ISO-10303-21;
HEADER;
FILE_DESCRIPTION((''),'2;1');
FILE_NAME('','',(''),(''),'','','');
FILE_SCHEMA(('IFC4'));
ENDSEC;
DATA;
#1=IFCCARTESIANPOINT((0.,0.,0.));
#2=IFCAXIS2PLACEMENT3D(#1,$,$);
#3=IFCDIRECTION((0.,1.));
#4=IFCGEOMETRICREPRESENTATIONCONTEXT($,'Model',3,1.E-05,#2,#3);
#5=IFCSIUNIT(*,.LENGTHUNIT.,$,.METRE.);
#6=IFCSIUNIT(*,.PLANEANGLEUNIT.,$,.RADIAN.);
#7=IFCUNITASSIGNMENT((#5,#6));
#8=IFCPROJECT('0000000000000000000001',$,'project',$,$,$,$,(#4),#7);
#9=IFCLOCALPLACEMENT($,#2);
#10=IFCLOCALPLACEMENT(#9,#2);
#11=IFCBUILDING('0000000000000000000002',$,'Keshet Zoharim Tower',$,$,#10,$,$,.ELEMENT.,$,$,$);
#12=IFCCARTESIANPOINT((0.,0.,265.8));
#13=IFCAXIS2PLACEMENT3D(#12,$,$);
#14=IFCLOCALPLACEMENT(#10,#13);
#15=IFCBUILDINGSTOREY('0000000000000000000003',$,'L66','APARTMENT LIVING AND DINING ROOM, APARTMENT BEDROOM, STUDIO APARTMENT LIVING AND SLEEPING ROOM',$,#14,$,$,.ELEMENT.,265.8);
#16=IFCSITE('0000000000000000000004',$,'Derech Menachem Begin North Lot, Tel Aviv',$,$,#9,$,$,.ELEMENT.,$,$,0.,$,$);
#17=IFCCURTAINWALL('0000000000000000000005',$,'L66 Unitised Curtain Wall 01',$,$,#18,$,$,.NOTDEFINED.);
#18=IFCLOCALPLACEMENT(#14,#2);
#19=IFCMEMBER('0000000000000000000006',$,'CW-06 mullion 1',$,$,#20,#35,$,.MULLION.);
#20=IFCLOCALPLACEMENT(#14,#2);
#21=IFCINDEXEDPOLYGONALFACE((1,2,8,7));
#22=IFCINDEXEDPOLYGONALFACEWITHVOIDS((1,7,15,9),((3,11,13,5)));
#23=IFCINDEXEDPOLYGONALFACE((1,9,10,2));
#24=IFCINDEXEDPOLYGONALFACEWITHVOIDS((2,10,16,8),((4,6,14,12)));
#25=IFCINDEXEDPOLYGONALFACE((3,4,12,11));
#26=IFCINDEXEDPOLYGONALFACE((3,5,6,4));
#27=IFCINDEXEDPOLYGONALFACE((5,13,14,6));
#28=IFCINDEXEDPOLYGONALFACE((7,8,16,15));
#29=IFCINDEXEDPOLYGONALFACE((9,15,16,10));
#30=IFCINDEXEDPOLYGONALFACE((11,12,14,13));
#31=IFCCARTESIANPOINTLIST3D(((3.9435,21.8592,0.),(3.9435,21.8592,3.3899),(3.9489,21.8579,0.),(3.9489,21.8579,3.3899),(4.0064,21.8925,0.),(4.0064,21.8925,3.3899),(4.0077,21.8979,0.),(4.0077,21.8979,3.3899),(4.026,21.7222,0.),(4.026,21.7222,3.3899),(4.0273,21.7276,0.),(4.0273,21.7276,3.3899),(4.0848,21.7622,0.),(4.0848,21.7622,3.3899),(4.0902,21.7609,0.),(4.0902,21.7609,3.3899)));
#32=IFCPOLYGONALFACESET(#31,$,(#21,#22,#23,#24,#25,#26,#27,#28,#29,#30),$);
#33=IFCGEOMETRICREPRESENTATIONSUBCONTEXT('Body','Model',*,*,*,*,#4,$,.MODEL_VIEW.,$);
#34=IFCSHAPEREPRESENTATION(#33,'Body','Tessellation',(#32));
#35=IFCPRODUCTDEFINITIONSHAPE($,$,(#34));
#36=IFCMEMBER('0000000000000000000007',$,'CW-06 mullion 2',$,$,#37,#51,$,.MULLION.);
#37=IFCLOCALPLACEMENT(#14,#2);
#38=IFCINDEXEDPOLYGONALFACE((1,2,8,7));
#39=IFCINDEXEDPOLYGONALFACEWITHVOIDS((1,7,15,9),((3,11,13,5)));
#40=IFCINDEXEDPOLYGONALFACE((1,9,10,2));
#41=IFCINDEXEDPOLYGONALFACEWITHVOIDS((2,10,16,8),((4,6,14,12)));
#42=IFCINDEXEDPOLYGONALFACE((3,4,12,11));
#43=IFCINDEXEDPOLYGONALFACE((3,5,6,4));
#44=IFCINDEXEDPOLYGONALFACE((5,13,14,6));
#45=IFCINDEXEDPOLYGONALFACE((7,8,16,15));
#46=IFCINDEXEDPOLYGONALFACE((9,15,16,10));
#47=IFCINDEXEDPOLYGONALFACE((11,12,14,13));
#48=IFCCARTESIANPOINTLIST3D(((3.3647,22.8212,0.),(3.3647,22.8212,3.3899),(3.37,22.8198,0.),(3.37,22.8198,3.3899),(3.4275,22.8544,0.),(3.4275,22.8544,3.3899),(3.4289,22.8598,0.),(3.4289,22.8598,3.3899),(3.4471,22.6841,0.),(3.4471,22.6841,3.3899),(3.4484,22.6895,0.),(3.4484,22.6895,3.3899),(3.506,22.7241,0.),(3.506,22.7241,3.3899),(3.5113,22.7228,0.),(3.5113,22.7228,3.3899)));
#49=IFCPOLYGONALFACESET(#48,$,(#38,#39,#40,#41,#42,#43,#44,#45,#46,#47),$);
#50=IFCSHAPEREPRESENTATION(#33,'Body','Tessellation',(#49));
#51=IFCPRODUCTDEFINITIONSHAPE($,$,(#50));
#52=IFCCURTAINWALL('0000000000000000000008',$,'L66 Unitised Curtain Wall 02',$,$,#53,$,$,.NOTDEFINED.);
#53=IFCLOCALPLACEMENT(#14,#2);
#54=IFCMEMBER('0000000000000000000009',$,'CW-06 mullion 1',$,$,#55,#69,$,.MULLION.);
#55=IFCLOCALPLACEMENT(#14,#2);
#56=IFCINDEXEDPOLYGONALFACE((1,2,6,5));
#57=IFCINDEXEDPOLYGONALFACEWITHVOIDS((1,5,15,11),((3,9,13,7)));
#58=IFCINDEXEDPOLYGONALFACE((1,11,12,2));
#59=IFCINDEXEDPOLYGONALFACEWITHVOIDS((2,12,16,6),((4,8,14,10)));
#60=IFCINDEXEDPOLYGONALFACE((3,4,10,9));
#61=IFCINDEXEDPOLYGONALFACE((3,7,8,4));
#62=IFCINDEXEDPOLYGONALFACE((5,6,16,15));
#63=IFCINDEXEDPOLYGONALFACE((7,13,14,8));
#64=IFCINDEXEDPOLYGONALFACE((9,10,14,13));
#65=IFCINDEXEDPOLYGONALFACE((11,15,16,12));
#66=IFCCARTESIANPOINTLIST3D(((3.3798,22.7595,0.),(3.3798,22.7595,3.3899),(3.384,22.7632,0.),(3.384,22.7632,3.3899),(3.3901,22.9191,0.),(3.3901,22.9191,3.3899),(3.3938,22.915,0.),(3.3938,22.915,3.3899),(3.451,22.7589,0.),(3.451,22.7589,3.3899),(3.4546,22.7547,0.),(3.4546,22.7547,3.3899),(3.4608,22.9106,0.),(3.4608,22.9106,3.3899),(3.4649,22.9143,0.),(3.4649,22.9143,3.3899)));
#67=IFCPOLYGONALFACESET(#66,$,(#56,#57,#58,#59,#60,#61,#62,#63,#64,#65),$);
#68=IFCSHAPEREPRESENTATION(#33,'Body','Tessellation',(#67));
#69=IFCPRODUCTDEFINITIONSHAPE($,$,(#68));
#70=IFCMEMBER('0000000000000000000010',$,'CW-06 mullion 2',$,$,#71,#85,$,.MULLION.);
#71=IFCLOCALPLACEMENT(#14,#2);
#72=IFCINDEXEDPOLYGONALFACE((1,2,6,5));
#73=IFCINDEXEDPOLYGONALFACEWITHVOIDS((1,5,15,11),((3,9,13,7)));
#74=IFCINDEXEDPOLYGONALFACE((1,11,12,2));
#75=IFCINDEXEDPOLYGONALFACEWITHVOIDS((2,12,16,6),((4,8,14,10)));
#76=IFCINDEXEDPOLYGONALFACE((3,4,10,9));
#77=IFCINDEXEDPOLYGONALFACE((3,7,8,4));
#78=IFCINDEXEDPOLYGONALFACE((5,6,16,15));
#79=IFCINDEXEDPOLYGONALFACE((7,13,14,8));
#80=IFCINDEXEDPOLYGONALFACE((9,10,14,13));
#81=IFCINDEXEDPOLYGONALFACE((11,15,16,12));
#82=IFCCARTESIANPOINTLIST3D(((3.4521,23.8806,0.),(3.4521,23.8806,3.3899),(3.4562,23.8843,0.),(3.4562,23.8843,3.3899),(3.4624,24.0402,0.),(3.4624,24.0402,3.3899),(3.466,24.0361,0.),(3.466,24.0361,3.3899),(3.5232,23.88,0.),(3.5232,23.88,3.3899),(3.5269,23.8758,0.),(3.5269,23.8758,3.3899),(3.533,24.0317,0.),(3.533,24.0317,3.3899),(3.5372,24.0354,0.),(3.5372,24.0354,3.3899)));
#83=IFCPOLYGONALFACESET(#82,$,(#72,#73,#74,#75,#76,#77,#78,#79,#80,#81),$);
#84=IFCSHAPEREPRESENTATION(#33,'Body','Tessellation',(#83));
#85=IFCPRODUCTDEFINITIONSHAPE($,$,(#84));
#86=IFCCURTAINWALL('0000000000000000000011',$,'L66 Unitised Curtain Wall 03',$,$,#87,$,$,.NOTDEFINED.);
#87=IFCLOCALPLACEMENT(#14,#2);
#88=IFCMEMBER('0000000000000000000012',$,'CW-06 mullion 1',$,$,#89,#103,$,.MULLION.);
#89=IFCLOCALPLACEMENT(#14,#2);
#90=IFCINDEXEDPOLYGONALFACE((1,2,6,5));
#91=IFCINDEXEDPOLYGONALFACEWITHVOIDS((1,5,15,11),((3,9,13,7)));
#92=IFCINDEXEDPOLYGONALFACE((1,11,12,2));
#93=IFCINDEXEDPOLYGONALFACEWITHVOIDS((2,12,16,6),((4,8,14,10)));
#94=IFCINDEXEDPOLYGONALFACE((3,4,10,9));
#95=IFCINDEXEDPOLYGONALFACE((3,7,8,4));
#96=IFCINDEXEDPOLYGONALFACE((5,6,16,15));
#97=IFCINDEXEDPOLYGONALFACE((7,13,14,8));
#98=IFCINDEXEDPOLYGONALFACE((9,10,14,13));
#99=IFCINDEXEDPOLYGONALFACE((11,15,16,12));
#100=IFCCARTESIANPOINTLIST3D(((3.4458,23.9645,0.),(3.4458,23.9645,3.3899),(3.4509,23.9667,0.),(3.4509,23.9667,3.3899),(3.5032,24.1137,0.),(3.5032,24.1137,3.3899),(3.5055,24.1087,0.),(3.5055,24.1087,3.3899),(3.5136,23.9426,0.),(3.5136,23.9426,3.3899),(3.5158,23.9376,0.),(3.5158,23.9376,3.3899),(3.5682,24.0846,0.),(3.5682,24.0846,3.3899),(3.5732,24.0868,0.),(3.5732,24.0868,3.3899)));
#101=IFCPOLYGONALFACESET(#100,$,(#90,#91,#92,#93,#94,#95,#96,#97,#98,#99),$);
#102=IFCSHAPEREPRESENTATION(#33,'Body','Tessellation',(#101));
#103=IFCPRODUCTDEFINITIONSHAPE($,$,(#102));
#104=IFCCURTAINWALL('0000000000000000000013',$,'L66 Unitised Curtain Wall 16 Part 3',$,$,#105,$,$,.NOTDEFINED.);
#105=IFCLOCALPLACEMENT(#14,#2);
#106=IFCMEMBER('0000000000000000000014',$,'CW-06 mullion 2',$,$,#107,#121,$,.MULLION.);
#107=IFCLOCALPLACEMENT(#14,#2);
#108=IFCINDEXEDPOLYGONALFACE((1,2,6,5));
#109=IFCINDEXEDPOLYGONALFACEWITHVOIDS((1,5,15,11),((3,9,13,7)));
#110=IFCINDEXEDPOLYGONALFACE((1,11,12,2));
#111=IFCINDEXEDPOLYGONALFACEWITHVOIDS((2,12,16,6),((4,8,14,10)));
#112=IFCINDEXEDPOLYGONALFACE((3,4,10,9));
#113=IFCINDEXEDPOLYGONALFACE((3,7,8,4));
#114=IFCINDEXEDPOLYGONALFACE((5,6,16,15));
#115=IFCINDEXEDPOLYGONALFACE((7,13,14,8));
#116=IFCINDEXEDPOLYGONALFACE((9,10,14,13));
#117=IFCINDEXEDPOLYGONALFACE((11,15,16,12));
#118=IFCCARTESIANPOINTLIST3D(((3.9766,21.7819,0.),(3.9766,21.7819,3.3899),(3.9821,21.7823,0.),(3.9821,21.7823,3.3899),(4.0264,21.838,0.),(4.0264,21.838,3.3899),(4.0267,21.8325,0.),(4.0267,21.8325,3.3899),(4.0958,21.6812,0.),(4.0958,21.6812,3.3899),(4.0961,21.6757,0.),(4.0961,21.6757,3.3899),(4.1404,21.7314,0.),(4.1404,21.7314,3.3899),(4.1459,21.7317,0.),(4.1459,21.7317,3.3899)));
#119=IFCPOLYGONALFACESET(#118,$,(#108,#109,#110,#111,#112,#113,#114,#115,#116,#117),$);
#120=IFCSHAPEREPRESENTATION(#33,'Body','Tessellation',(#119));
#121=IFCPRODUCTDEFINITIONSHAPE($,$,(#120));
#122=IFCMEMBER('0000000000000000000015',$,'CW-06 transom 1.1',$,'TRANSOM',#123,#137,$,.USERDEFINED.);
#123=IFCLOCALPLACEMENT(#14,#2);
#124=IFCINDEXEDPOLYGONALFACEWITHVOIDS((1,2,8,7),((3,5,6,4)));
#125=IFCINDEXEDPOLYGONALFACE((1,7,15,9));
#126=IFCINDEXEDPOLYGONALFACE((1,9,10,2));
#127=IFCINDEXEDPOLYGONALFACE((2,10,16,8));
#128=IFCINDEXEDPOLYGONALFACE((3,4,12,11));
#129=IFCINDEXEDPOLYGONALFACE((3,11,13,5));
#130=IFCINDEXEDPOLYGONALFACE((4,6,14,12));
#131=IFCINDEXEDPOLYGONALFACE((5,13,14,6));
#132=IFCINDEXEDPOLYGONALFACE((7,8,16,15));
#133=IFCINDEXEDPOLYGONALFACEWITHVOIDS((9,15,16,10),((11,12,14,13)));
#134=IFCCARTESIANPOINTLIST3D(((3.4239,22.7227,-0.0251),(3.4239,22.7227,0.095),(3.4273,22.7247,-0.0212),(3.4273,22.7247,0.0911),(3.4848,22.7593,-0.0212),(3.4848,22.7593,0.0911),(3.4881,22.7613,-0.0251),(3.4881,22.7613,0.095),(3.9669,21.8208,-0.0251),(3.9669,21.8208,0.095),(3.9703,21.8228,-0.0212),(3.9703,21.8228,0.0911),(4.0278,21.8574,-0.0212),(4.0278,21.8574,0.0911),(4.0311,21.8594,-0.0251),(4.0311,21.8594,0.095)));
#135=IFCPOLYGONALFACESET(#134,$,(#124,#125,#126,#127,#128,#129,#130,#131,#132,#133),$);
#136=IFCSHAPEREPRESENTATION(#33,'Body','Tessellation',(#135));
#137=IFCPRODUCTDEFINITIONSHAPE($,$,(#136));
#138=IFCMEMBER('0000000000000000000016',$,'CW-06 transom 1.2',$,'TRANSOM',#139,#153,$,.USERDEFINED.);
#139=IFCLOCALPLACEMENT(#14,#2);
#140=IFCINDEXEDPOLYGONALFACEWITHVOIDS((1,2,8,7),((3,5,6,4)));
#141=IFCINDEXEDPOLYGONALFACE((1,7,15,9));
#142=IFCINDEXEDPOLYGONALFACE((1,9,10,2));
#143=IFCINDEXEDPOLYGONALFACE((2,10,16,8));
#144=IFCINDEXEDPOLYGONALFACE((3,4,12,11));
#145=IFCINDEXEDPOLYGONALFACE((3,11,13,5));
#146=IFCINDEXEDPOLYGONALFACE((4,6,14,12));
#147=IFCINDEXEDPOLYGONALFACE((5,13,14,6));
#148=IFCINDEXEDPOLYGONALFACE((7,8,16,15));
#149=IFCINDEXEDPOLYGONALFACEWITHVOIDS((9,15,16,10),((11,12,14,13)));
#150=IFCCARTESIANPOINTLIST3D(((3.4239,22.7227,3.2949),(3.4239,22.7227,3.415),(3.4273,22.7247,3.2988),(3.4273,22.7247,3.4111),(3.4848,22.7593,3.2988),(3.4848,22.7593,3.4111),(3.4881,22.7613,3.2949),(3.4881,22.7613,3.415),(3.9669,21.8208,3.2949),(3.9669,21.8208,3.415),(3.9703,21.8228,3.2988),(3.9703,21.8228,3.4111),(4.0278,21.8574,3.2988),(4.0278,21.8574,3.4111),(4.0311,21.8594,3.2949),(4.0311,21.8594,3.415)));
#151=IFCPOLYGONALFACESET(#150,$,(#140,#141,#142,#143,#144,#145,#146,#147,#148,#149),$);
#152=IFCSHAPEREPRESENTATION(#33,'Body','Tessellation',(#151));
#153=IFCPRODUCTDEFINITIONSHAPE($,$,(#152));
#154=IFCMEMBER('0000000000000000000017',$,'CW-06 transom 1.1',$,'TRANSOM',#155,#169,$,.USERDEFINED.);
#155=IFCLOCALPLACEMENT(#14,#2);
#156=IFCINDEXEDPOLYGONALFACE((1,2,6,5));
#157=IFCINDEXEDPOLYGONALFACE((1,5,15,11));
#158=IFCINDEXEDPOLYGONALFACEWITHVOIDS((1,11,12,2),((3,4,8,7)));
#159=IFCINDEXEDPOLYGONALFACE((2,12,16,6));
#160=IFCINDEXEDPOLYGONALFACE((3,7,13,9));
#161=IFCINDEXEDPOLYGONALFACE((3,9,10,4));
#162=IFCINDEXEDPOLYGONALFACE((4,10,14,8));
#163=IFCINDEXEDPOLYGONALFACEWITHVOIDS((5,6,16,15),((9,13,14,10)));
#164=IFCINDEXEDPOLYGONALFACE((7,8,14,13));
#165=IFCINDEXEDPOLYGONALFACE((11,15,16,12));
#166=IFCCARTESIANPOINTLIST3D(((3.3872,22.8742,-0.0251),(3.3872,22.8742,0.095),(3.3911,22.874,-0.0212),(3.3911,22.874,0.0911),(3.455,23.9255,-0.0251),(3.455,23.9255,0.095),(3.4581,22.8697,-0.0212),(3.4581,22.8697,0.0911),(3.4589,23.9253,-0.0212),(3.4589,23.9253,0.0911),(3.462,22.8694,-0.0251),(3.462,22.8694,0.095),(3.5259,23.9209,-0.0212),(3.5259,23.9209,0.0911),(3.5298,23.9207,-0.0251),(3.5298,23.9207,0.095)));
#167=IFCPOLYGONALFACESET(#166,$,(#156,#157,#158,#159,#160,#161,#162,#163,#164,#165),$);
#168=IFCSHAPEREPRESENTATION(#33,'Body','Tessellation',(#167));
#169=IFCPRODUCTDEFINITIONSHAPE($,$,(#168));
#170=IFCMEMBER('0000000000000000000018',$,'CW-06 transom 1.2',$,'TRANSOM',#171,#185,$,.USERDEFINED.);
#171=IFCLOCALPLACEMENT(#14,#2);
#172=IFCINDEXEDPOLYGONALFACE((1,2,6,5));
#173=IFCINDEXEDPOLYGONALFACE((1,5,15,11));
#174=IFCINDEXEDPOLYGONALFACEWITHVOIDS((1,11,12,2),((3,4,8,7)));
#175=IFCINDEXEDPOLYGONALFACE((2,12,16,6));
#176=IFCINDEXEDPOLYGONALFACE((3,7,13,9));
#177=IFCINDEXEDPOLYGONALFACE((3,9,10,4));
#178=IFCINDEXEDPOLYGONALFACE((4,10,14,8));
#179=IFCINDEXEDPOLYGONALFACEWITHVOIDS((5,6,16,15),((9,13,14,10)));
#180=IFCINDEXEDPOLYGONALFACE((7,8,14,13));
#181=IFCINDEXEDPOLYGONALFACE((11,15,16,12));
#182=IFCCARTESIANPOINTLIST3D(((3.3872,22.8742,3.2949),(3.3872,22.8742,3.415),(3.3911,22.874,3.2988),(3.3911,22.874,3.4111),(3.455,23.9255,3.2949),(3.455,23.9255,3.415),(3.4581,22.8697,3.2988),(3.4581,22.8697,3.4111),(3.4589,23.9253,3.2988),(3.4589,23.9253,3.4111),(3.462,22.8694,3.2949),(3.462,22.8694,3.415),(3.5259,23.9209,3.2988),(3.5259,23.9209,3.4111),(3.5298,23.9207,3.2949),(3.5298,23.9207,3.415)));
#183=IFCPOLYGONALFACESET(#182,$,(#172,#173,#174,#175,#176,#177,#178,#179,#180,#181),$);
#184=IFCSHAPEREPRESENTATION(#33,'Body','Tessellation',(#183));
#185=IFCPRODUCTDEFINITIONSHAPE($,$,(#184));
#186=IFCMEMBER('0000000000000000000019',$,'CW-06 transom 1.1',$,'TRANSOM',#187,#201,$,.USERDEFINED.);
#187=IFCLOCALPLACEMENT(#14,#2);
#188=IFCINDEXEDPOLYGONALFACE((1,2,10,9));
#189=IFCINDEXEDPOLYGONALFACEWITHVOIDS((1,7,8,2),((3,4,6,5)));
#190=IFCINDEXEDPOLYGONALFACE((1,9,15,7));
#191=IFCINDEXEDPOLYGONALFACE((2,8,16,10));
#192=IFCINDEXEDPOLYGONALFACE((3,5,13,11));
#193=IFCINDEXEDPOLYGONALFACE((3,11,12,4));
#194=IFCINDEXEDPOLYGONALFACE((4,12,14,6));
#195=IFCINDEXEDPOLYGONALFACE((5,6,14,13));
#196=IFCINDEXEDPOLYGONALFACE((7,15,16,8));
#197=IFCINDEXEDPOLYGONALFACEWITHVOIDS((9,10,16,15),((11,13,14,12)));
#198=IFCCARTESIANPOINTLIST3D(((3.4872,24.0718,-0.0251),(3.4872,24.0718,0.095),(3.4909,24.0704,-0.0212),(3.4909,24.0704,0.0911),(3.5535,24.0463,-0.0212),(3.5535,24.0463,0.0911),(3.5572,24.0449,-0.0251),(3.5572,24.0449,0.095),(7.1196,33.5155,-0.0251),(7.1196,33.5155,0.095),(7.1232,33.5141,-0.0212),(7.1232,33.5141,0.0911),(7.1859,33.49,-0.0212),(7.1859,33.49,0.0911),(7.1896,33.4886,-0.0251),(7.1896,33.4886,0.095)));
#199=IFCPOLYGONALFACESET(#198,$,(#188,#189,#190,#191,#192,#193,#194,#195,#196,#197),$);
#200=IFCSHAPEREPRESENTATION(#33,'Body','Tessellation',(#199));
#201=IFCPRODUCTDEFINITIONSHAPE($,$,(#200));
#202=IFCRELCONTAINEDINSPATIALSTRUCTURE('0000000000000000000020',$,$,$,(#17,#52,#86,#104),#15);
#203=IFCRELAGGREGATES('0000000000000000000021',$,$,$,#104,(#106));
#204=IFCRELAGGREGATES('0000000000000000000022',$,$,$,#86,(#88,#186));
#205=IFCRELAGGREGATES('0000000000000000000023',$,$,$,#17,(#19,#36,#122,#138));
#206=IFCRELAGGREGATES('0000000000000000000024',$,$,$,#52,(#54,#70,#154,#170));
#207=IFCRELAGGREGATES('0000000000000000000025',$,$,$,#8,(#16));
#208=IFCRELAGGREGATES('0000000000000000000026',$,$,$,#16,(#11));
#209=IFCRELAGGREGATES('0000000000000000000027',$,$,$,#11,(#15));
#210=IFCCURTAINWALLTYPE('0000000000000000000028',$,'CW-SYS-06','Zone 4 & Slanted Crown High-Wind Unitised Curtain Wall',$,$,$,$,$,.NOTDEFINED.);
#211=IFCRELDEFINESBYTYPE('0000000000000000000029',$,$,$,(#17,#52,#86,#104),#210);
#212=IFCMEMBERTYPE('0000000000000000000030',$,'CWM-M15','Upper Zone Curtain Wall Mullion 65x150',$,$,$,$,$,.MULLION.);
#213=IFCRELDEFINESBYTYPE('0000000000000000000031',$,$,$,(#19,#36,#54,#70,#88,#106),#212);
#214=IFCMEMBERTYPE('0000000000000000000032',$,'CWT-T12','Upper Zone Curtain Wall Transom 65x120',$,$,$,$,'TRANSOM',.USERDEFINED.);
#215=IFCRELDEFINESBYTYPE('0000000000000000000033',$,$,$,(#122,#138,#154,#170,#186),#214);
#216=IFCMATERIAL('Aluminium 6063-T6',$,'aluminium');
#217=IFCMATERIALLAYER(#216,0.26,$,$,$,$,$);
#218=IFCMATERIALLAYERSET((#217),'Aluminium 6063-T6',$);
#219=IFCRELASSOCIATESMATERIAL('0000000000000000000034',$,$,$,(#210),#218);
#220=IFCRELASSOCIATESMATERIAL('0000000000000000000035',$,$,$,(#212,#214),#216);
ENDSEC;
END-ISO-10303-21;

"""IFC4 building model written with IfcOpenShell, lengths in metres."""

from ifc_helpers import new_model, si_unit, direction, frame, origin, origin_2d, place, context, subcontext, project, spatial, hollow_rectangle, extrude, material, layer, layer_set, material_profile, profile_set, type_object, element, aggregate, save


model = new_model("IFC4")

# Units and contexts
model_context = context("Model", 3, precision=1e-05, world=origin(), true_north=direction((0.0, 1.0)))
body_context = subcontext(model_context, "Body", "Model", "MODEL_VIEW")
ifc_project = project(units=[si_unit("LENGTHUNIT", "METRE"), si_unit("PLANEANGLEUNIT", "RADIAN")], contexts=[model_context])

# Site, building, storey
site_placement = place(None, origin())
site = spatial("IfcSite", under=ifc_project, at=site_placement, Name="Derech Menachem Begin North Lot, Tel Aviv", CompositionType="ELEMENT", RefElevation=0.0)
building_placement = place(site_placement, origin())
building = spatial("IfcBuilding", under=site, at=building_placement, Name="Keshet Zoharim Tower", CompositionType="ELEMENT")
storey_placement = place(building_placement, frame((0.0, 0.0, 265.8)))
storey = spatial("IfcBuildingStorey", under=building, at=storey_placement, Name="L66", Description="APARTMENT LIVING AND DINING ROOM, APARTMENT BEDROOM, STUDIO APARTMENT LIVING AND SLEEPING ROOM", CompositionType="ELEMENT", Elevation=265.8)

# Curtain walls, members
ifc_material_1 = material(Name="Aluminium 6063-T6", Category="aluminium")
ifc_layer_1 = layer(ifc_material_1, 0.26)
ifc_layer_set_1 = layer_set([ifc_layer_1], Name="Aluminium 6063-T6")
curtain_wall_type = type_object("IfcCurtainWallType", Name="CW-SYS-06", Description="Zone 4 & Slanted Crown High-Wind Unitised Curtain Wall", PredefinedType="NOTDEFINED", material=ifc_layer_set_1)
curtain_wall_1_placement = place(storey_placement, origin())
curtain_wall_1 = element("IfcCurtainWall", 1, at=curtain_wall_1_placement, inside=storey, type_object=curtain_wall_type, Name="L66 Unitised Curtain Wall 01", PredefinedType="NOTDEFINED")
ifc_material_profile_1 = material_profile(ifc_material_1, hollow_rectangle(XDim=0.075, YDim=0.1599, WallThickness=0.0039, at=origin_2d()), Name="MUL-75x160")
ifc_profile_set_1 = profile_set([ifc_material_profile_1], Name="Aluminium 6063-T6")
member_type_1 = type_object("IfcMemberType", Name="CWM-M15", Description="Upper Zone Curtain Wall Mullion 65x150", PredefinedType="MULLION", material=ifc_profile_set_1)
member_1_placement = place(storey_placement, frame((4.0168, 21.8101, 0.0), z_axis=(0.0, 0.0, 1.0), x_axis=(-0.856826, -0.515605, 0.0)))
member_1 = element("IfcMember", 2, at=member_1_placement, type_object=member_type_1, Name="CW-06 mullion 1", PredefinedType="MULLION", context=body_context, shape_type="SweptSolid", body=[
    extrude(hollow_rectangle(XDim=0.075, YDim=0.1599, WallThickness=0.0039, at=origin_2d()), origin(), (0.0, 0.0, 1.0), 3.3899),
])
member_2_placement = place(storey_placement, frame((3.438, 22.772, 0.0), z_axis=(0.0, 0.0, 1.0), x_axis=(-0.856826, -0.515605, 0.0)))
member_2 = element("IfcMember", 3, at=member_2_placement, type_object=member_type_1, Name="CW-06 mullion 2", PredefinedType="MULLION", context=body_context, shape_type="SweptSolid", body=[
    extrude(hollow_rectangle(XDim=0.075, YDim=0.1599, WallThickness=0.0039, at=origin_2d()), origin(), (0.0, 0.0, 1.0), 3.3899),
])
curtain_wall_2_placement = place(storey_placement, origin())
curtain_wall_2 = element("IfcCurtainWall", 4, at=curtain_wall_2_placement, inside=storey, type_object=curtain_wall_type, Name="L66 Unitised Curtain Wall 02", PredefinedType="NOTDEFINED")
member_3_placement = place(storey_placement, frame((3.4224, 22.8369, 0.0), z_axis=(0.0, 0.0, 1.0), x_axis=(-0.997917, 0.064517, 0.0)))
member_3 = element("IfcMember", 5, at=member_3_placement, type_object=member_type_1, Name="CW-06 mullion 1", PredefinedType="MULLION", context=body_context, shape_type="SweptSolid", body=[
    extrude(hollow_rectangle(XDim=0.075, YDim=0.1599, WallThickness=0.0039, at=origin_2d()), origin(), (0.0, 0.0, 1.0), 3.3899),
])
member_4_placement = place(storey_placement, frame((3.4946, 23.958, 0.0), z_axis=(0.0, 0.0, 1.0), x_axis=(-0.997917, 0.064517, 0.0)))
member_4 = element("IfcMember", 6, at=member_4_placement, type_object=member_type_1, Name="CW-06 mullion 2", PredefinedType="MULLION", context=body_context, shape_type="SweptSolid", body=[
    extrude(hollow_rectangle(XDim=0.075, YDim=0.1599, WallThickness=0.0039, at=origin_2d()), origin(), (0.0, 0.0, 1.0), 3.3899),
])

# Curtain walls, members
curtain_wall_3_placement = place(storey_placement, origin())
curtain_wall_3 = element("IfcCurtainWall", 7, at=curtain_wall_3_placement, inside=storey, type_object=curtain_wall_type, Name="L66 Unitised Curtain Wall 03", PredefinedType="NOTDEFINED")
member_5_placement = place(storey_placement, frame((3.5095, 24.0256, 0.0), z_axis=(0.0, 0.0, 1.0), x_axis=(-0.933341, 0.35899, 0.0)))
member_5 = element("IfcMember", 8, at=member_5_placement, type_object=member_type_1, Name="CW-06 mullion 1", PredefinedType="MULLION", context=body_context, shape_type="SweptSolid", body=[
    extrude(hollow_rectangle(XDim=0.075, YDim=0.1599, WallThickness=0.0039, at=origin_2d()), origin(), (0.0, 0.0, 1.0), 3.3899),
])
curtain_wall_4_placement = place(storey_placement, origin())
curtain_wall_4 = element("IfcCurtainWall", 9, at=curtain_wall_4_placement, inside=storey, type_object=curtain_wall_type, Name="L66 Unitised Curtain Wall 16 Part 3", PredefinedType="NOTDEFINED")
member_6_placement = place(storey_placement, frame((4.0613, 21.7568, 0.0), z_axis=(0.0, 0.0, 1.0), x_axis=(-0.664364, -0.747409, 0.0)))
member_6 = element("IfcMember", 10, at=member_6_placement, type_object=member_type_1, Name="CW-06 mullion 2", PredefinedType="MULLION", context=body_context, shape_type="SweptSolid", body=[
    extrude(hollow_rectangle(XDim=0.075, YDim=0.1599, WallThickness=0.0039, at=origin_2d()), origin(), (0.0, 0.0, 1.0), 3.3899),
])
aggregate(curtain_wall_4, [member_6])

# Members
ifc_material_profile_2 = material_profile(ifc_material_1, hollow_rectangle(XDim=0.075, YDim=0.1201, WallThickness=0.0039, at=origin_2d()), Name="TRN-75x120")
ifc_profile_set_2 = profile_set([ifc_material_profile_2], Name="Aluminium 6063-T6")
member_type_2 = type_object("IfcMemberType", Name="CWT-T12", Description="Upper Zone Curtain Wall Transom 65x120", ElementType="TRANSOM", PredefinedType="USERDEFINED", material=ifc_profile_set_2)
member_7_placement = place(storey_placement, frame((3.999, 21.8401, 0.0349), z_axis=(-0.515791, 0.856714, 0.0), x_axis=(-0.856714, -0.515791, 0.0)))
member_7 = element("IfcMember", 11, at=member_7_placement, type_object=member_type_2, Name="CW-06 transom 1.1", ObjectType="TRANSOM", PredefinedType="USERDEFINED", context=body_context, shape_type="SweptSolid", body=[
    extrude(hollow_rectangle(XDim=0.075, YDim=0.1201, WallThickness=0.0039, at=origin_2d()), origin(), (0.0, 0.0, 1.0), 1.0527),
])
member_8_placement = place(storey_placement, frame((3.999, 21.8401, 3.355), z_axis=(-0.515791, 0.856714, 0.0), x_axis=(-0.856714, -0.515791, 0.0)))
member_8 = element("IfcMember", 12, at=member_8_placement, type_object=member_type_2, Name="CW-06 transom 1.2", ObjectType="TRANSOM", PredefinedType="USERDEFINED", context=body_context, shape_type="SweptSolid", body=[
    extrude(hollow_rectangle(XDim=0.075, YDim=0.1201, WallThickness=0.0039, at=origin_2d()), origin(), (0.0, 0.0, 1.0), 1.0527),
])
member_9_placement = place(storey_placement, frame((3.4246, 22.8718, 0.0349), z_axis=(0.064427, 0.997922, 0.0), x_axis=(-0.997922, 0.064427, 0.0)))
member_9 = element("IfcMember", 13, at=member_9_placement, type_object=member_type_2, Name="CW-06 transom 1.1", ObjectType="TRANSOM", PredefinedType="USERDEFINED", context=body_context, shape_type="SweptSolid", body=[
    extrude(hollow_rectangle(XDim=0.075, YDim=0.1201, WallThickness=0.0039, at=origin_2d()), origin(), (0.0, 0.0, 1.0), 1.0535),
])
member_10_placement = place(storey_placement, frame((3.4246, 22.8718, 3.355), z_axis=(0.064427, 0.997922, 0.0), x_axis=(-0.997922, 0.064427, 0.0)))
member_10 = element("IfcMember", 14, at=member_10_placement, type_object=member_type_2, Name="CW-06 transom 1.2", ObjectType="TRANSOM", PredefinedType="USERDEFINED", context=body_context, shape_type="SweptSolid", body=[
    extrude(hollow_rectangle(XDim=0.075, YDim=0.1201, WallThickness=0.0039, at=origin_2d()), origin(), (0.0, 0.0, 1.0), 1.0535),
])
member_11_placement = place(storey_placement, frame((3.5222, 24.0583, 0.0349), z_axis=(0.358994, 0.93334, 0.0), x_axis=(-0.93334, 0.358994, 0.0)))
member_11 = element("IfcMember", 15, at=member_11_placement, type_object=member_type_2, Name="CW-06 transom 1.1", ObjectType="TRANSOM", PredefinedType="USERDEFINED", context=body_context, shape_type="SweptSolid", body=[
    extrude(hollow_rectangle(XDim=0.075, YDim=0.1201, WallThickness=0.0039, at=origin_2d()), origin(), (0.0, 0.0, 1.0), 10.1182),
])
aggregate(curtain_wall_3, [member_5, member_11])

aggregate(curtain_wall_1, [member_1, member_2, member_7, member_8])
aggregate(curtain_wall_2, [member_3, member_4, member_9, member_10])

save(model, "model.ifc")
